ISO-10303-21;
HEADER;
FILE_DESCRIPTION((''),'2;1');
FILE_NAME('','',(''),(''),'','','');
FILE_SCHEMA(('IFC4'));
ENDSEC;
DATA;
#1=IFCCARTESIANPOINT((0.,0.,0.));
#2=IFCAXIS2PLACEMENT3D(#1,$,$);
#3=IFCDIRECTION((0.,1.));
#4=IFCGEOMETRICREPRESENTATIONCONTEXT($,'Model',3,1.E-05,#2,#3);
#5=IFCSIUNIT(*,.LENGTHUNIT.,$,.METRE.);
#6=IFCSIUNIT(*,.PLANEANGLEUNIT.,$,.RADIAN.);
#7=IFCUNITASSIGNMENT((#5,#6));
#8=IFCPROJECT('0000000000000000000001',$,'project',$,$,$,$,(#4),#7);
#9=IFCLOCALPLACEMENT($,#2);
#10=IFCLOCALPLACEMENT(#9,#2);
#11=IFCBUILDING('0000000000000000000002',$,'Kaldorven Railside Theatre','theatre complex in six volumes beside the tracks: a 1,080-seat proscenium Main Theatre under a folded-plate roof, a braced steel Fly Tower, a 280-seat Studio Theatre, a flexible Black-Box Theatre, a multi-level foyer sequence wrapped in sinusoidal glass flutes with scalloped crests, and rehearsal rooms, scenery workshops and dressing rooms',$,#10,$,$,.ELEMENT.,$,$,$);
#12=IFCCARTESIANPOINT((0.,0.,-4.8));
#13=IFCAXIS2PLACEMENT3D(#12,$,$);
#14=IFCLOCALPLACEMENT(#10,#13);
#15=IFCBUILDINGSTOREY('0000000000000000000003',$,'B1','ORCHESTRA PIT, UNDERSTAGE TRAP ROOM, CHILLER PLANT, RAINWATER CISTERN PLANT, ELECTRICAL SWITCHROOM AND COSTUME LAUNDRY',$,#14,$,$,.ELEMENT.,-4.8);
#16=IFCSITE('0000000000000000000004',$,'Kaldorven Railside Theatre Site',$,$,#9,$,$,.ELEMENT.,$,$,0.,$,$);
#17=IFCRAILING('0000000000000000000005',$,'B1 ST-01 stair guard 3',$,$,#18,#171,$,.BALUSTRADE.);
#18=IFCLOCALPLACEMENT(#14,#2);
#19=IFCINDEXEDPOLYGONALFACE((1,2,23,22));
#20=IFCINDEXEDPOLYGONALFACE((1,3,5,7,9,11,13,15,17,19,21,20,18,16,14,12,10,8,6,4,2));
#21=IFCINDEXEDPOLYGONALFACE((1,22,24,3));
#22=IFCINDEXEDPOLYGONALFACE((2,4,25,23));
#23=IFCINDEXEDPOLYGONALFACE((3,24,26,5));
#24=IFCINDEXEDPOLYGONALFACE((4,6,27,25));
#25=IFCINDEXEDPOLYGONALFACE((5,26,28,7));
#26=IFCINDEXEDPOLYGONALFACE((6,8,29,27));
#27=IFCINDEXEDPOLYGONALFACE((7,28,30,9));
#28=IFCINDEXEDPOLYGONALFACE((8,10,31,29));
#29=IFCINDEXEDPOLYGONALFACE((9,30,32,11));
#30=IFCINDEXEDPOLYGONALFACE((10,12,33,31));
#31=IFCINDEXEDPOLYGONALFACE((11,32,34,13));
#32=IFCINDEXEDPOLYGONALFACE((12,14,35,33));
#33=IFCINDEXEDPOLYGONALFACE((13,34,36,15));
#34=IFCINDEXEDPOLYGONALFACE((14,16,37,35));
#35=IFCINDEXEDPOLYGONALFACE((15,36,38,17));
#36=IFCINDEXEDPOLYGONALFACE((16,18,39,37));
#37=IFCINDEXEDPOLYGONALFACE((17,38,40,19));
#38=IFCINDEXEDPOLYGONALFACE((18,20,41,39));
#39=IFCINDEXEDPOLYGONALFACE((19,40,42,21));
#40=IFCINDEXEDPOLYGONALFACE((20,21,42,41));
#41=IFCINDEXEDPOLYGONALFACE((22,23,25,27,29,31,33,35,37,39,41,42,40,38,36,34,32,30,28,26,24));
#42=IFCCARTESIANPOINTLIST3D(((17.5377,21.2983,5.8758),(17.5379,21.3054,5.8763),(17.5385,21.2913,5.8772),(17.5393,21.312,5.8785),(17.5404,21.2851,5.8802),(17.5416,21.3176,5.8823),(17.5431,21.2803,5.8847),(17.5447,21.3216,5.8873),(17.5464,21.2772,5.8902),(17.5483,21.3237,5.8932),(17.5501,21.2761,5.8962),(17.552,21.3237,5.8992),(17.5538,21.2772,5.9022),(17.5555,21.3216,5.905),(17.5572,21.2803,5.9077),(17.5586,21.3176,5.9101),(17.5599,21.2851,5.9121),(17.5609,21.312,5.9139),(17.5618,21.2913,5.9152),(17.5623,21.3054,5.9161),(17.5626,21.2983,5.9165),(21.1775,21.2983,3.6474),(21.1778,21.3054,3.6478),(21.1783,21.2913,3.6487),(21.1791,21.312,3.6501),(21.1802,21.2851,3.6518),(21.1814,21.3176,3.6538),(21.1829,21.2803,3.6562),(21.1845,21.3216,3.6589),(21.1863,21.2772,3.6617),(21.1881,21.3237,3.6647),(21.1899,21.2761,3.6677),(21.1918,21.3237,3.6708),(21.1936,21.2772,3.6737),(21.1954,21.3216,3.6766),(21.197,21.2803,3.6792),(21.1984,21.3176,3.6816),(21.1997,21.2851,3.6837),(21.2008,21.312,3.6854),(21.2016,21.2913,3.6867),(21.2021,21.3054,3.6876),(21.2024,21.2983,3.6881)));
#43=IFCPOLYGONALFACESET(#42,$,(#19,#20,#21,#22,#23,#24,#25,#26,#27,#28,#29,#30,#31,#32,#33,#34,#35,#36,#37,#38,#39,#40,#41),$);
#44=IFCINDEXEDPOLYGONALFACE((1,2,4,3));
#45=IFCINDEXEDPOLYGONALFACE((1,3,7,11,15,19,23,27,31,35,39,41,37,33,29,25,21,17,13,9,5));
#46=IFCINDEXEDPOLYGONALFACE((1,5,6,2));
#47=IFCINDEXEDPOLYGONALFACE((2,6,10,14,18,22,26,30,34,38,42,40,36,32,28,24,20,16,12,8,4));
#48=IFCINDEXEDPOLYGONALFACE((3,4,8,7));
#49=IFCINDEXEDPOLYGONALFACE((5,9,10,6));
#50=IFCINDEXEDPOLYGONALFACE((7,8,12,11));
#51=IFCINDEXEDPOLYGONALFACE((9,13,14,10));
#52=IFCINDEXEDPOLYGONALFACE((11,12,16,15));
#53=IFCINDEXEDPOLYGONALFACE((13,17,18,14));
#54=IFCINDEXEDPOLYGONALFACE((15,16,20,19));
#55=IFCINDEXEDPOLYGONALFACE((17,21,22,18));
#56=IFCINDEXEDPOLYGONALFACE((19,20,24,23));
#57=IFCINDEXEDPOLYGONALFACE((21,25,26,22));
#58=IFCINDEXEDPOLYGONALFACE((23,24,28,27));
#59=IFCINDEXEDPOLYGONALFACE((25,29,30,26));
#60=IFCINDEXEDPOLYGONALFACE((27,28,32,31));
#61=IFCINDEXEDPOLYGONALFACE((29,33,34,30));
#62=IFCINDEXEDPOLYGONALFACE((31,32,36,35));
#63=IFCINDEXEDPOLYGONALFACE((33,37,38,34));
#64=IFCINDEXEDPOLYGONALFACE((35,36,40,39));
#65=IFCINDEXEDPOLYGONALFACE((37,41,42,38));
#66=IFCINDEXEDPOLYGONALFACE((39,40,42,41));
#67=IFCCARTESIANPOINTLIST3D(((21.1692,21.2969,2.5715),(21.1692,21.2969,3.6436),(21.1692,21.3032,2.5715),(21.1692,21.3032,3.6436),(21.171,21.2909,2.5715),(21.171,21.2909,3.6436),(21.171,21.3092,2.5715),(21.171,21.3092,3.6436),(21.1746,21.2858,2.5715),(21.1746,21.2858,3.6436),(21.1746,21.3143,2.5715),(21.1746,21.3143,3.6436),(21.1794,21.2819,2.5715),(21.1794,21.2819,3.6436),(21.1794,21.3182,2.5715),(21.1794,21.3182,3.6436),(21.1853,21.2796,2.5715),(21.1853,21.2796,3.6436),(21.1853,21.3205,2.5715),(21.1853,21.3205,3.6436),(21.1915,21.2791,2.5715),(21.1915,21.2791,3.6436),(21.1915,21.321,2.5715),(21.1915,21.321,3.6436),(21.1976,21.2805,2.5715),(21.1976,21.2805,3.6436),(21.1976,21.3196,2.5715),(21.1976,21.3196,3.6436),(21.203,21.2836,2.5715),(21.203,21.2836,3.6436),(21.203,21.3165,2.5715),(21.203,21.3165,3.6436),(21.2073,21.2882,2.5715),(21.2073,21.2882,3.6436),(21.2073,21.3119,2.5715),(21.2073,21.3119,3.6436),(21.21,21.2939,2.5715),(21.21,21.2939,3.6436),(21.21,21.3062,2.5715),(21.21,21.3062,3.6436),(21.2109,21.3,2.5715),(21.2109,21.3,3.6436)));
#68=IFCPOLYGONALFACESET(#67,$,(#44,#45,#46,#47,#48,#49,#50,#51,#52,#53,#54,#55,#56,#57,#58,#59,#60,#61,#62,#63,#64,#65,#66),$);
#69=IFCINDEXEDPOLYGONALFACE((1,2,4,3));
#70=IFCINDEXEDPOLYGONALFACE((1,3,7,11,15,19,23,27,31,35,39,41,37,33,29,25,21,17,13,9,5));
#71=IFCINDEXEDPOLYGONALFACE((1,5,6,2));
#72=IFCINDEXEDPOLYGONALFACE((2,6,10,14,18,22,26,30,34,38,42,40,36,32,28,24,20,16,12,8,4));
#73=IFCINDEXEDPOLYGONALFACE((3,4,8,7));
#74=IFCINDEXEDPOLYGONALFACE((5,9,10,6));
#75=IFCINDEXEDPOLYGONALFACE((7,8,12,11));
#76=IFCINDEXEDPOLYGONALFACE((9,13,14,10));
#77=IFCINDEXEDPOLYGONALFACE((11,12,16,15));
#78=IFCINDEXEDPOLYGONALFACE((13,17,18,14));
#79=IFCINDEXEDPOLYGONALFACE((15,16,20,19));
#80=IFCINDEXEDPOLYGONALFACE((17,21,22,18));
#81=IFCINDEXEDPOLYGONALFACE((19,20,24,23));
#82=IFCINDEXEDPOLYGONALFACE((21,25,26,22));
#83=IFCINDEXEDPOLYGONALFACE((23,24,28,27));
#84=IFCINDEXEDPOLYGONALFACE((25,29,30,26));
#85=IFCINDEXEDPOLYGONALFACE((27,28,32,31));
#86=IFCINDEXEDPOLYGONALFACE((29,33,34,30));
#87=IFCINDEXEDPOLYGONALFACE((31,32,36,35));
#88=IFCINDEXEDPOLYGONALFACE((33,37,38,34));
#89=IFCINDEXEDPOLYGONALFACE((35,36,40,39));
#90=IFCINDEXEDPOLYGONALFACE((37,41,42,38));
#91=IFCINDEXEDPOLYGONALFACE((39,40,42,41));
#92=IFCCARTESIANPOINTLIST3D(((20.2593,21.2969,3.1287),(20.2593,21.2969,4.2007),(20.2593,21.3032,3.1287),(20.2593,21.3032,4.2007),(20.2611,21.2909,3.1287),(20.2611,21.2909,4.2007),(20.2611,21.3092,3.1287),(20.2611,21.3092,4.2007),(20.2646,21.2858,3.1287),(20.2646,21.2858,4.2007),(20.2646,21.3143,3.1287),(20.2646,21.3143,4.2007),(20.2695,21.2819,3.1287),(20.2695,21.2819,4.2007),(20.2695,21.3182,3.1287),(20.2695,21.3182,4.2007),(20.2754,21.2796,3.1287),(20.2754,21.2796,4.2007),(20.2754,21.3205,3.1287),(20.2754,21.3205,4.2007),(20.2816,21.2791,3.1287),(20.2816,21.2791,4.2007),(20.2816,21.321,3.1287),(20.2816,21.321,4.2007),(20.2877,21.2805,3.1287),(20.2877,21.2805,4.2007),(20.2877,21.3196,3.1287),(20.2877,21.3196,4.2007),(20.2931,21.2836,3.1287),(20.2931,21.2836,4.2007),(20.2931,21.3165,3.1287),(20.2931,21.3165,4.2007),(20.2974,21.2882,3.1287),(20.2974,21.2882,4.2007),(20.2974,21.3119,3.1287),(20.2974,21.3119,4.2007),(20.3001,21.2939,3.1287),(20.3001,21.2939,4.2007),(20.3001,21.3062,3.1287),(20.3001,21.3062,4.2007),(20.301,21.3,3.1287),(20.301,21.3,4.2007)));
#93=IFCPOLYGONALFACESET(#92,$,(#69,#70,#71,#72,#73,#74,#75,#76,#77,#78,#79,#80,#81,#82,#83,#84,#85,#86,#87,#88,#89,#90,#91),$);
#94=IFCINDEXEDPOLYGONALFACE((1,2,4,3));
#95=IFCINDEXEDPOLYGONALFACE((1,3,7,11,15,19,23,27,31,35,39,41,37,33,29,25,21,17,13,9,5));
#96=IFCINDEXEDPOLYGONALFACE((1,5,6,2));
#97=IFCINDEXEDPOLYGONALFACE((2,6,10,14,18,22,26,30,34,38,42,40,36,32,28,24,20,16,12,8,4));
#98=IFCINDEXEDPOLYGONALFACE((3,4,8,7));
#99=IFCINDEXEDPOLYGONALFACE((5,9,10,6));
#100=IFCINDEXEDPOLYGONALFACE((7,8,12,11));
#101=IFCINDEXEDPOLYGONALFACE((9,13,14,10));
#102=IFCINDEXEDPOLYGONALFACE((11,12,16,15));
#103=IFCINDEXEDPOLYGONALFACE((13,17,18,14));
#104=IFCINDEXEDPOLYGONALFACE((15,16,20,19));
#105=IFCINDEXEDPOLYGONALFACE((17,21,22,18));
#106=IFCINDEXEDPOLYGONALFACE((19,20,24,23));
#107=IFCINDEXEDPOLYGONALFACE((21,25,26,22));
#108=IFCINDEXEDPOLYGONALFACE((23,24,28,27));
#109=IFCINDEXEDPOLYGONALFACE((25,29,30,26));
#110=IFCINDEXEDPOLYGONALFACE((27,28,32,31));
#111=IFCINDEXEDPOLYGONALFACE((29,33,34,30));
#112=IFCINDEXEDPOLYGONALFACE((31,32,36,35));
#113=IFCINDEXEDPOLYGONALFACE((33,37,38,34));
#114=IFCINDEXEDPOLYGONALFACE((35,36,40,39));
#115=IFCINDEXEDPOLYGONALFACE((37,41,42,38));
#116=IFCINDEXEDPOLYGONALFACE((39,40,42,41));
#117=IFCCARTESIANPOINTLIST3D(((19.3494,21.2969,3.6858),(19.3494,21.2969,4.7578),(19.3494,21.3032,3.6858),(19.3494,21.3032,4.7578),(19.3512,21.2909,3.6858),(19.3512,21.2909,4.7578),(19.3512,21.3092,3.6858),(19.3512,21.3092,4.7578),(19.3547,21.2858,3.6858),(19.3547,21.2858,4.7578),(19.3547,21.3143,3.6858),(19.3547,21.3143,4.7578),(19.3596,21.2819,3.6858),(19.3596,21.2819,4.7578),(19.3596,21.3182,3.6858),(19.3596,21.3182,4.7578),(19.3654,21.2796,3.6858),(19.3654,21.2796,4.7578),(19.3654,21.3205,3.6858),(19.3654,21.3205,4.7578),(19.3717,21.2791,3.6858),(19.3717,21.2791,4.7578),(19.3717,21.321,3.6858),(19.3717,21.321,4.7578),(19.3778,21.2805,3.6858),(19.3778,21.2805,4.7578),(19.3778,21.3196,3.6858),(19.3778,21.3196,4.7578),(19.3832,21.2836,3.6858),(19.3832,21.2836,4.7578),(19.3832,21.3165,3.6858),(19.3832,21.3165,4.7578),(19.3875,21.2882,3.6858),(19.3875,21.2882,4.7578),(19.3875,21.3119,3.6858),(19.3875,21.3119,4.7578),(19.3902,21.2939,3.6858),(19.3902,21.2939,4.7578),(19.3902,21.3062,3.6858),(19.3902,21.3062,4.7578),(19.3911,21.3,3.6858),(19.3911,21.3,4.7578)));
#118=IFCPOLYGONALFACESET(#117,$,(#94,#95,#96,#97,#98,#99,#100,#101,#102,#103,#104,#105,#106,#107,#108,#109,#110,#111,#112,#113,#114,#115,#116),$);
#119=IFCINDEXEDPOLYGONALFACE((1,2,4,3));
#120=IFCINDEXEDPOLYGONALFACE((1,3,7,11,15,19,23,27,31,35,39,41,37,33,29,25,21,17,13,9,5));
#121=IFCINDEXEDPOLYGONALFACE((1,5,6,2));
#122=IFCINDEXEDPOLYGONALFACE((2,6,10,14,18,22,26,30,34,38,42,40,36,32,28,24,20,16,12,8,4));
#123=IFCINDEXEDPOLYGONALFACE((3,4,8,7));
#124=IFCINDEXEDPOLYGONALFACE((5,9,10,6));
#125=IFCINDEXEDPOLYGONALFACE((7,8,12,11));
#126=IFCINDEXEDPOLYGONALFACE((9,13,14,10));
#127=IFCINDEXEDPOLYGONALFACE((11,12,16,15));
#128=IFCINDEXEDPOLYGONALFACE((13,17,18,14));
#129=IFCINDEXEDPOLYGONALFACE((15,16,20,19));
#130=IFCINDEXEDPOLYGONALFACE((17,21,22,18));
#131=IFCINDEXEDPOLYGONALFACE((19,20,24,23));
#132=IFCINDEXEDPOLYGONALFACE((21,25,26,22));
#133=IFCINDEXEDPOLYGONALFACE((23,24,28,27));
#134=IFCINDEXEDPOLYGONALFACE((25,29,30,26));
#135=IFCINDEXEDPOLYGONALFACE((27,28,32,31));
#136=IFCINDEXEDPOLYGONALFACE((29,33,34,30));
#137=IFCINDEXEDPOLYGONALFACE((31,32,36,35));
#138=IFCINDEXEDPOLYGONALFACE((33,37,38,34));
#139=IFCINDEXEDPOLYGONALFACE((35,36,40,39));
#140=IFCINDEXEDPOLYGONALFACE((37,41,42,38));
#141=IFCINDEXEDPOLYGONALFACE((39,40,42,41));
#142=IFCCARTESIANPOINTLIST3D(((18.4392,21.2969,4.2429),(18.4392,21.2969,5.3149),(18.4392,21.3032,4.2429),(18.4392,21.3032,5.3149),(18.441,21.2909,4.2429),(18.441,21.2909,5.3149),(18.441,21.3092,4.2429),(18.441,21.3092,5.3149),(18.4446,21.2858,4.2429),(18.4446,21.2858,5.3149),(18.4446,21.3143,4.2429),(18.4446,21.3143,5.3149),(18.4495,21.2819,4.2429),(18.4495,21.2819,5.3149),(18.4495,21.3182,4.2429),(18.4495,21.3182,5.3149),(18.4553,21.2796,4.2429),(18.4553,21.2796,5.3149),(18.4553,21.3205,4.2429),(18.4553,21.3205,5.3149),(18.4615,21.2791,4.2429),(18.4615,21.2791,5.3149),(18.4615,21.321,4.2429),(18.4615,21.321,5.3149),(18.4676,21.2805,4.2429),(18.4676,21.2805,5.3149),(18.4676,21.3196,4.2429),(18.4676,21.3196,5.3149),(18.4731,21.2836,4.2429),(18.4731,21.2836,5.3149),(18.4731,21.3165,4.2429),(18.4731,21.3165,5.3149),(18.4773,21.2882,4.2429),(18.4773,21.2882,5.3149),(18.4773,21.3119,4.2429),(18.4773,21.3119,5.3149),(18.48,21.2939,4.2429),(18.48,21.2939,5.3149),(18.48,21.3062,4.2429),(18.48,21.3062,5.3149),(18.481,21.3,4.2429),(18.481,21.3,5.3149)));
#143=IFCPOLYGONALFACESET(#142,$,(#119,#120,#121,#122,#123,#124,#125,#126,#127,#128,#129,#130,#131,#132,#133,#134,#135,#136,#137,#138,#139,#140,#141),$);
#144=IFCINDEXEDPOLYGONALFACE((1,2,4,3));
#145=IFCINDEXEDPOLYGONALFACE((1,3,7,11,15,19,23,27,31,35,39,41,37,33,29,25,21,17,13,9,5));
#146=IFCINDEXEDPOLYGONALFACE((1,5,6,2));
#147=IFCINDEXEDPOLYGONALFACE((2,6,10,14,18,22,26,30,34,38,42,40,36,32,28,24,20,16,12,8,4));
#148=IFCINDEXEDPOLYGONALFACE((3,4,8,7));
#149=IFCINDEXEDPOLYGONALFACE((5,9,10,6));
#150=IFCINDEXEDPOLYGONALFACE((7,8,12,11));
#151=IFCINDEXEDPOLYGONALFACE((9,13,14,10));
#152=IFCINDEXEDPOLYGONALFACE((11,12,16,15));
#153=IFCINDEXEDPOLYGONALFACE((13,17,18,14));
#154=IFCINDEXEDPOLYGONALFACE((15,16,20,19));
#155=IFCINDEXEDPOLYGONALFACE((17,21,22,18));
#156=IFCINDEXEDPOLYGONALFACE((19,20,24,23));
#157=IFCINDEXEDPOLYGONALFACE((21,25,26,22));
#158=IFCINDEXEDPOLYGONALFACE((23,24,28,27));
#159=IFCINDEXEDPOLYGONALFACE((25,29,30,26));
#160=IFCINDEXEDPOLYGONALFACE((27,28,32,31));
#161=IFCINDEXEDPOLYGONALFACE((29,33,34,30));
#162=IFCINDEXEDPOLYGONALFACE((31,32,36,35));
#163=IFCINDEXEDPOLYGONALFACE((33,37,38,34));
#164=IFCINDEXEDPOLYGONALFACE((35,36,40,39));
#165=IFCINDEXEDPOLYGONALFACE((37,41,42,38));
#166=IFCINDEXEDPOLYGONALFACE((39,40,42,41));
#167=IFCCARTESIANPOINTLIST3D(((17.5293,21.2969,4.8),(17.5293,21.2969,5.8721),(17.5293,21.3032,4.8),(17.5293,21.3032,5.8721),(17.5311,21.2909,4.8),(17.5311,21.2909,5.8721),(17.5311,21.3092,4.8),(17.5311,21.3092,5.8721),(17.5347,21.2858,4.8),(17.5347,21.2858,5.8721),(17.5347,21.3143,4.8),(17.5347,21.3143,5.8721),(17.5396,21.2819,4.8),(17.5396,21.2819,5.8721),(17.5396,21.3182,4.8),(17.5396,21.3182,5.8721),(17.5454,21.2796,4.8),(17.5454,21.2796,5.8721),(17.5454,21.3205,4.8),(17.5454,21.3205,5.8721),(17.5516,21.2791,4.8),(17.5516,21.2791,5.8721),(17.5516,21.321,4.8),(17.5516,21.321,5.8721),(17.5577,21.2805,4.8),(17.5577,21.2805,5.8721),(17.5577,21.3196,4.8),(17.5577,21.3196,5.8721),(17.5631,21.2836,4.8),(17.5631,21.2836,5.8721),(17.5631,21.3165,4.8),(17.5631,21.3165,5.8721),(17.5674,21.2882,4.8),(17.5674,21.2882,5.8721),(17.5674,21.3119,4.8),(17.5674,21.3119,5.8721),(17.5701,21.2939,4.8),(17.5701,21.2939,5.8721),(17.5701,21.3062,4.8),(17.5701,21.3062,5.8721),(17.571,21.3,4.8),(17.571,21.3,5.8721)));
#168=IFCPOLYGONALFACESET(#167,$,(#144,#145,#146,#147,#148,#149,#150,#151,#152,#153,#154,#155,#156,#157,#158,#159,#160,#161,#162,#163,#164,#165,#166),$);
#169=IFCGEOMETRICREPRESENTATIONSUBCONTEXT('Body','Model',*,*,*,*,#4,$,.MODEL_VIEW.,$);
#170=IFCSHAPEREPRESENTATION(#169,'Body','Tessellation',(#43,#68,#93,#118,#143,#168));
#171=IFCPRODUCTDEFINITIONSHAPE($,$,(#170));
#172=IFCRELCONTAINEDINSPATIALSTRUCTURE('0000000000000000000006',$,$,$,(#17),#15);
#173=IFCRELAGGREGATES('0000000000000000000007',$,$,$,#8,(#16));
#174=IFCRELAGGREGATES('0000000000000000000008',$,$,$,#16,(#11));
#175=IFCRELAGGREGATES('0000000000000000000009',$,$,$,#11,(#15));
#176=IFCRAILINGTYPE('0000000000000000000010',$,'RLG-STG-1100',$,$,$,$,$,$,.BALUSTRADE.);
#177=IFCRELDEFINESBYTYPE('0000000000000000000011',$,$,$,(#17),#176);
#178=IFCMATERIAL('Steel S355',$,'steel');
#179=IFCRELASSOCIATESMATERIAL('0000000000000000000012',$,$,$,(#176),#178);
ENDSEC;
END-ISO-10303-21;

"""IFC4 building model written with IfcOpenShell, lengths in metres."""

from ifc_helpers import new_model, si_unit, direction, frame, origin, origin_2d, place, context, subcontext, project, spatial, circle, extrude, material, type_object, element, save


model = new_model("IFC4")

# Units and contexts
model_context = context("Model", 3, precision=1e-05, world=origin(), true_north=direction((0.0, 1.0)))
body_context = subcontext(model_context, "Body", "Model", "MODEL_VIEW")
ifc_project = project(units=[si_unit("LENGTHUNIT", "METRE"), si_unit("PLANEANGLEUNIT", "RADIAN")], contexts=[model_context])

# Site, building, storey
site_placement = place(None, origin())
site = spatial("IfcSite", under=ifc_project, at=site_placement, Name="Kaldorven Railside Theatre Site", CompositionType="ELEMENT", RefElevation=0.0)
building_placement = place(site_placement, origin())
building = spatial("IfcBuilding", under=site, at=building_placement, Name="Kaldorven Railside Theatre", Description="theatre complex in six volumes beside the tracks: a 1,080-seat proscenium Main Theatre under a folded-plate roof, a braced steel Fly Tower, a 280-seat Studio Theatre, a flexible Black-Box Theatre, a multi-level foyer sequence wrapped in sinusoidal glass flutes with scalloped crests, and rehearsal rooms, scenery workshops and dressing rooms", CompositionType="ELEMENT")
storey_placement = place(building_placement, frame((0.0, 0.0, -4.8)))
storey = spatial("IfcBuildingStorey", under=building, at=storey_placement, Name="B1", Description="ORCHESTRA PIT, UNDERSTAGE TRAP ROOM, CHILLER PLANT, RAINWATER CISTERN PLANT, ELECTRICAL SWITCHROOM AND COSTUME LAUNDRY", CompositionType="ELEMENT", Elevation=-4.8)

# Railing
ifc_material_1 = material(Name="Steel S355", Category="steel")
railing_type_1 = type_object("IfcRailingType", Name="RLG-STG-1100", PredefinedType="BALUSTRADE", material=ifc_material_1)
railing_1_placement = place(storey_placement, frame((21.1899, 21.3, 2.5715)))
element("IfcRailing", 1, at=railing_1_placement, inside=storey, type_object=railing_type_1, Name="B1 ST-01 stair guard 3", PredefinedType="BALUSTRADE", context=body_context, shape_type="SweptSolid", body=[
    extrude(circle(Radius=0.0239, at=origin_2d()), frame((0.0, 0.0, 1.0962), z_axis=(-0.85285, 0.0, 0.522156), x_axis=(0.0, -1.0, 0.0)), (0.0, 0.0, 1.0), 4.2678),
    extrude(circle(Radius=0.021, at=origin_2d()), origin(), (0.0, 0.0, 1.0), 1.072),
    extrude(circle(Radius=0.021, at=origin_2d()), frame((-0.9099, 0.0, 0.5571)), (0.0, 0.0, 1.0), 1.072),
    extrude(circle(Radius=0.021, at=origin_2d()), frame((-1.8198, 0.0, 1.1143)), (0.0, 0.0, 1.0), 1.072),
    extrude(circle(Radius=0.021, at=origin_2d()), frame((-2.73, 0.0, 1.6714)), (0.0, 0.0, 1.0), 1.072),
    extrude(circle(Radius=0.021, at=origin_2d()), frame((-3.6399, 0.0, 2.2285)), (0.0, 0.0, 1.0), 1.072),
])

save(model, "model.ifc")
